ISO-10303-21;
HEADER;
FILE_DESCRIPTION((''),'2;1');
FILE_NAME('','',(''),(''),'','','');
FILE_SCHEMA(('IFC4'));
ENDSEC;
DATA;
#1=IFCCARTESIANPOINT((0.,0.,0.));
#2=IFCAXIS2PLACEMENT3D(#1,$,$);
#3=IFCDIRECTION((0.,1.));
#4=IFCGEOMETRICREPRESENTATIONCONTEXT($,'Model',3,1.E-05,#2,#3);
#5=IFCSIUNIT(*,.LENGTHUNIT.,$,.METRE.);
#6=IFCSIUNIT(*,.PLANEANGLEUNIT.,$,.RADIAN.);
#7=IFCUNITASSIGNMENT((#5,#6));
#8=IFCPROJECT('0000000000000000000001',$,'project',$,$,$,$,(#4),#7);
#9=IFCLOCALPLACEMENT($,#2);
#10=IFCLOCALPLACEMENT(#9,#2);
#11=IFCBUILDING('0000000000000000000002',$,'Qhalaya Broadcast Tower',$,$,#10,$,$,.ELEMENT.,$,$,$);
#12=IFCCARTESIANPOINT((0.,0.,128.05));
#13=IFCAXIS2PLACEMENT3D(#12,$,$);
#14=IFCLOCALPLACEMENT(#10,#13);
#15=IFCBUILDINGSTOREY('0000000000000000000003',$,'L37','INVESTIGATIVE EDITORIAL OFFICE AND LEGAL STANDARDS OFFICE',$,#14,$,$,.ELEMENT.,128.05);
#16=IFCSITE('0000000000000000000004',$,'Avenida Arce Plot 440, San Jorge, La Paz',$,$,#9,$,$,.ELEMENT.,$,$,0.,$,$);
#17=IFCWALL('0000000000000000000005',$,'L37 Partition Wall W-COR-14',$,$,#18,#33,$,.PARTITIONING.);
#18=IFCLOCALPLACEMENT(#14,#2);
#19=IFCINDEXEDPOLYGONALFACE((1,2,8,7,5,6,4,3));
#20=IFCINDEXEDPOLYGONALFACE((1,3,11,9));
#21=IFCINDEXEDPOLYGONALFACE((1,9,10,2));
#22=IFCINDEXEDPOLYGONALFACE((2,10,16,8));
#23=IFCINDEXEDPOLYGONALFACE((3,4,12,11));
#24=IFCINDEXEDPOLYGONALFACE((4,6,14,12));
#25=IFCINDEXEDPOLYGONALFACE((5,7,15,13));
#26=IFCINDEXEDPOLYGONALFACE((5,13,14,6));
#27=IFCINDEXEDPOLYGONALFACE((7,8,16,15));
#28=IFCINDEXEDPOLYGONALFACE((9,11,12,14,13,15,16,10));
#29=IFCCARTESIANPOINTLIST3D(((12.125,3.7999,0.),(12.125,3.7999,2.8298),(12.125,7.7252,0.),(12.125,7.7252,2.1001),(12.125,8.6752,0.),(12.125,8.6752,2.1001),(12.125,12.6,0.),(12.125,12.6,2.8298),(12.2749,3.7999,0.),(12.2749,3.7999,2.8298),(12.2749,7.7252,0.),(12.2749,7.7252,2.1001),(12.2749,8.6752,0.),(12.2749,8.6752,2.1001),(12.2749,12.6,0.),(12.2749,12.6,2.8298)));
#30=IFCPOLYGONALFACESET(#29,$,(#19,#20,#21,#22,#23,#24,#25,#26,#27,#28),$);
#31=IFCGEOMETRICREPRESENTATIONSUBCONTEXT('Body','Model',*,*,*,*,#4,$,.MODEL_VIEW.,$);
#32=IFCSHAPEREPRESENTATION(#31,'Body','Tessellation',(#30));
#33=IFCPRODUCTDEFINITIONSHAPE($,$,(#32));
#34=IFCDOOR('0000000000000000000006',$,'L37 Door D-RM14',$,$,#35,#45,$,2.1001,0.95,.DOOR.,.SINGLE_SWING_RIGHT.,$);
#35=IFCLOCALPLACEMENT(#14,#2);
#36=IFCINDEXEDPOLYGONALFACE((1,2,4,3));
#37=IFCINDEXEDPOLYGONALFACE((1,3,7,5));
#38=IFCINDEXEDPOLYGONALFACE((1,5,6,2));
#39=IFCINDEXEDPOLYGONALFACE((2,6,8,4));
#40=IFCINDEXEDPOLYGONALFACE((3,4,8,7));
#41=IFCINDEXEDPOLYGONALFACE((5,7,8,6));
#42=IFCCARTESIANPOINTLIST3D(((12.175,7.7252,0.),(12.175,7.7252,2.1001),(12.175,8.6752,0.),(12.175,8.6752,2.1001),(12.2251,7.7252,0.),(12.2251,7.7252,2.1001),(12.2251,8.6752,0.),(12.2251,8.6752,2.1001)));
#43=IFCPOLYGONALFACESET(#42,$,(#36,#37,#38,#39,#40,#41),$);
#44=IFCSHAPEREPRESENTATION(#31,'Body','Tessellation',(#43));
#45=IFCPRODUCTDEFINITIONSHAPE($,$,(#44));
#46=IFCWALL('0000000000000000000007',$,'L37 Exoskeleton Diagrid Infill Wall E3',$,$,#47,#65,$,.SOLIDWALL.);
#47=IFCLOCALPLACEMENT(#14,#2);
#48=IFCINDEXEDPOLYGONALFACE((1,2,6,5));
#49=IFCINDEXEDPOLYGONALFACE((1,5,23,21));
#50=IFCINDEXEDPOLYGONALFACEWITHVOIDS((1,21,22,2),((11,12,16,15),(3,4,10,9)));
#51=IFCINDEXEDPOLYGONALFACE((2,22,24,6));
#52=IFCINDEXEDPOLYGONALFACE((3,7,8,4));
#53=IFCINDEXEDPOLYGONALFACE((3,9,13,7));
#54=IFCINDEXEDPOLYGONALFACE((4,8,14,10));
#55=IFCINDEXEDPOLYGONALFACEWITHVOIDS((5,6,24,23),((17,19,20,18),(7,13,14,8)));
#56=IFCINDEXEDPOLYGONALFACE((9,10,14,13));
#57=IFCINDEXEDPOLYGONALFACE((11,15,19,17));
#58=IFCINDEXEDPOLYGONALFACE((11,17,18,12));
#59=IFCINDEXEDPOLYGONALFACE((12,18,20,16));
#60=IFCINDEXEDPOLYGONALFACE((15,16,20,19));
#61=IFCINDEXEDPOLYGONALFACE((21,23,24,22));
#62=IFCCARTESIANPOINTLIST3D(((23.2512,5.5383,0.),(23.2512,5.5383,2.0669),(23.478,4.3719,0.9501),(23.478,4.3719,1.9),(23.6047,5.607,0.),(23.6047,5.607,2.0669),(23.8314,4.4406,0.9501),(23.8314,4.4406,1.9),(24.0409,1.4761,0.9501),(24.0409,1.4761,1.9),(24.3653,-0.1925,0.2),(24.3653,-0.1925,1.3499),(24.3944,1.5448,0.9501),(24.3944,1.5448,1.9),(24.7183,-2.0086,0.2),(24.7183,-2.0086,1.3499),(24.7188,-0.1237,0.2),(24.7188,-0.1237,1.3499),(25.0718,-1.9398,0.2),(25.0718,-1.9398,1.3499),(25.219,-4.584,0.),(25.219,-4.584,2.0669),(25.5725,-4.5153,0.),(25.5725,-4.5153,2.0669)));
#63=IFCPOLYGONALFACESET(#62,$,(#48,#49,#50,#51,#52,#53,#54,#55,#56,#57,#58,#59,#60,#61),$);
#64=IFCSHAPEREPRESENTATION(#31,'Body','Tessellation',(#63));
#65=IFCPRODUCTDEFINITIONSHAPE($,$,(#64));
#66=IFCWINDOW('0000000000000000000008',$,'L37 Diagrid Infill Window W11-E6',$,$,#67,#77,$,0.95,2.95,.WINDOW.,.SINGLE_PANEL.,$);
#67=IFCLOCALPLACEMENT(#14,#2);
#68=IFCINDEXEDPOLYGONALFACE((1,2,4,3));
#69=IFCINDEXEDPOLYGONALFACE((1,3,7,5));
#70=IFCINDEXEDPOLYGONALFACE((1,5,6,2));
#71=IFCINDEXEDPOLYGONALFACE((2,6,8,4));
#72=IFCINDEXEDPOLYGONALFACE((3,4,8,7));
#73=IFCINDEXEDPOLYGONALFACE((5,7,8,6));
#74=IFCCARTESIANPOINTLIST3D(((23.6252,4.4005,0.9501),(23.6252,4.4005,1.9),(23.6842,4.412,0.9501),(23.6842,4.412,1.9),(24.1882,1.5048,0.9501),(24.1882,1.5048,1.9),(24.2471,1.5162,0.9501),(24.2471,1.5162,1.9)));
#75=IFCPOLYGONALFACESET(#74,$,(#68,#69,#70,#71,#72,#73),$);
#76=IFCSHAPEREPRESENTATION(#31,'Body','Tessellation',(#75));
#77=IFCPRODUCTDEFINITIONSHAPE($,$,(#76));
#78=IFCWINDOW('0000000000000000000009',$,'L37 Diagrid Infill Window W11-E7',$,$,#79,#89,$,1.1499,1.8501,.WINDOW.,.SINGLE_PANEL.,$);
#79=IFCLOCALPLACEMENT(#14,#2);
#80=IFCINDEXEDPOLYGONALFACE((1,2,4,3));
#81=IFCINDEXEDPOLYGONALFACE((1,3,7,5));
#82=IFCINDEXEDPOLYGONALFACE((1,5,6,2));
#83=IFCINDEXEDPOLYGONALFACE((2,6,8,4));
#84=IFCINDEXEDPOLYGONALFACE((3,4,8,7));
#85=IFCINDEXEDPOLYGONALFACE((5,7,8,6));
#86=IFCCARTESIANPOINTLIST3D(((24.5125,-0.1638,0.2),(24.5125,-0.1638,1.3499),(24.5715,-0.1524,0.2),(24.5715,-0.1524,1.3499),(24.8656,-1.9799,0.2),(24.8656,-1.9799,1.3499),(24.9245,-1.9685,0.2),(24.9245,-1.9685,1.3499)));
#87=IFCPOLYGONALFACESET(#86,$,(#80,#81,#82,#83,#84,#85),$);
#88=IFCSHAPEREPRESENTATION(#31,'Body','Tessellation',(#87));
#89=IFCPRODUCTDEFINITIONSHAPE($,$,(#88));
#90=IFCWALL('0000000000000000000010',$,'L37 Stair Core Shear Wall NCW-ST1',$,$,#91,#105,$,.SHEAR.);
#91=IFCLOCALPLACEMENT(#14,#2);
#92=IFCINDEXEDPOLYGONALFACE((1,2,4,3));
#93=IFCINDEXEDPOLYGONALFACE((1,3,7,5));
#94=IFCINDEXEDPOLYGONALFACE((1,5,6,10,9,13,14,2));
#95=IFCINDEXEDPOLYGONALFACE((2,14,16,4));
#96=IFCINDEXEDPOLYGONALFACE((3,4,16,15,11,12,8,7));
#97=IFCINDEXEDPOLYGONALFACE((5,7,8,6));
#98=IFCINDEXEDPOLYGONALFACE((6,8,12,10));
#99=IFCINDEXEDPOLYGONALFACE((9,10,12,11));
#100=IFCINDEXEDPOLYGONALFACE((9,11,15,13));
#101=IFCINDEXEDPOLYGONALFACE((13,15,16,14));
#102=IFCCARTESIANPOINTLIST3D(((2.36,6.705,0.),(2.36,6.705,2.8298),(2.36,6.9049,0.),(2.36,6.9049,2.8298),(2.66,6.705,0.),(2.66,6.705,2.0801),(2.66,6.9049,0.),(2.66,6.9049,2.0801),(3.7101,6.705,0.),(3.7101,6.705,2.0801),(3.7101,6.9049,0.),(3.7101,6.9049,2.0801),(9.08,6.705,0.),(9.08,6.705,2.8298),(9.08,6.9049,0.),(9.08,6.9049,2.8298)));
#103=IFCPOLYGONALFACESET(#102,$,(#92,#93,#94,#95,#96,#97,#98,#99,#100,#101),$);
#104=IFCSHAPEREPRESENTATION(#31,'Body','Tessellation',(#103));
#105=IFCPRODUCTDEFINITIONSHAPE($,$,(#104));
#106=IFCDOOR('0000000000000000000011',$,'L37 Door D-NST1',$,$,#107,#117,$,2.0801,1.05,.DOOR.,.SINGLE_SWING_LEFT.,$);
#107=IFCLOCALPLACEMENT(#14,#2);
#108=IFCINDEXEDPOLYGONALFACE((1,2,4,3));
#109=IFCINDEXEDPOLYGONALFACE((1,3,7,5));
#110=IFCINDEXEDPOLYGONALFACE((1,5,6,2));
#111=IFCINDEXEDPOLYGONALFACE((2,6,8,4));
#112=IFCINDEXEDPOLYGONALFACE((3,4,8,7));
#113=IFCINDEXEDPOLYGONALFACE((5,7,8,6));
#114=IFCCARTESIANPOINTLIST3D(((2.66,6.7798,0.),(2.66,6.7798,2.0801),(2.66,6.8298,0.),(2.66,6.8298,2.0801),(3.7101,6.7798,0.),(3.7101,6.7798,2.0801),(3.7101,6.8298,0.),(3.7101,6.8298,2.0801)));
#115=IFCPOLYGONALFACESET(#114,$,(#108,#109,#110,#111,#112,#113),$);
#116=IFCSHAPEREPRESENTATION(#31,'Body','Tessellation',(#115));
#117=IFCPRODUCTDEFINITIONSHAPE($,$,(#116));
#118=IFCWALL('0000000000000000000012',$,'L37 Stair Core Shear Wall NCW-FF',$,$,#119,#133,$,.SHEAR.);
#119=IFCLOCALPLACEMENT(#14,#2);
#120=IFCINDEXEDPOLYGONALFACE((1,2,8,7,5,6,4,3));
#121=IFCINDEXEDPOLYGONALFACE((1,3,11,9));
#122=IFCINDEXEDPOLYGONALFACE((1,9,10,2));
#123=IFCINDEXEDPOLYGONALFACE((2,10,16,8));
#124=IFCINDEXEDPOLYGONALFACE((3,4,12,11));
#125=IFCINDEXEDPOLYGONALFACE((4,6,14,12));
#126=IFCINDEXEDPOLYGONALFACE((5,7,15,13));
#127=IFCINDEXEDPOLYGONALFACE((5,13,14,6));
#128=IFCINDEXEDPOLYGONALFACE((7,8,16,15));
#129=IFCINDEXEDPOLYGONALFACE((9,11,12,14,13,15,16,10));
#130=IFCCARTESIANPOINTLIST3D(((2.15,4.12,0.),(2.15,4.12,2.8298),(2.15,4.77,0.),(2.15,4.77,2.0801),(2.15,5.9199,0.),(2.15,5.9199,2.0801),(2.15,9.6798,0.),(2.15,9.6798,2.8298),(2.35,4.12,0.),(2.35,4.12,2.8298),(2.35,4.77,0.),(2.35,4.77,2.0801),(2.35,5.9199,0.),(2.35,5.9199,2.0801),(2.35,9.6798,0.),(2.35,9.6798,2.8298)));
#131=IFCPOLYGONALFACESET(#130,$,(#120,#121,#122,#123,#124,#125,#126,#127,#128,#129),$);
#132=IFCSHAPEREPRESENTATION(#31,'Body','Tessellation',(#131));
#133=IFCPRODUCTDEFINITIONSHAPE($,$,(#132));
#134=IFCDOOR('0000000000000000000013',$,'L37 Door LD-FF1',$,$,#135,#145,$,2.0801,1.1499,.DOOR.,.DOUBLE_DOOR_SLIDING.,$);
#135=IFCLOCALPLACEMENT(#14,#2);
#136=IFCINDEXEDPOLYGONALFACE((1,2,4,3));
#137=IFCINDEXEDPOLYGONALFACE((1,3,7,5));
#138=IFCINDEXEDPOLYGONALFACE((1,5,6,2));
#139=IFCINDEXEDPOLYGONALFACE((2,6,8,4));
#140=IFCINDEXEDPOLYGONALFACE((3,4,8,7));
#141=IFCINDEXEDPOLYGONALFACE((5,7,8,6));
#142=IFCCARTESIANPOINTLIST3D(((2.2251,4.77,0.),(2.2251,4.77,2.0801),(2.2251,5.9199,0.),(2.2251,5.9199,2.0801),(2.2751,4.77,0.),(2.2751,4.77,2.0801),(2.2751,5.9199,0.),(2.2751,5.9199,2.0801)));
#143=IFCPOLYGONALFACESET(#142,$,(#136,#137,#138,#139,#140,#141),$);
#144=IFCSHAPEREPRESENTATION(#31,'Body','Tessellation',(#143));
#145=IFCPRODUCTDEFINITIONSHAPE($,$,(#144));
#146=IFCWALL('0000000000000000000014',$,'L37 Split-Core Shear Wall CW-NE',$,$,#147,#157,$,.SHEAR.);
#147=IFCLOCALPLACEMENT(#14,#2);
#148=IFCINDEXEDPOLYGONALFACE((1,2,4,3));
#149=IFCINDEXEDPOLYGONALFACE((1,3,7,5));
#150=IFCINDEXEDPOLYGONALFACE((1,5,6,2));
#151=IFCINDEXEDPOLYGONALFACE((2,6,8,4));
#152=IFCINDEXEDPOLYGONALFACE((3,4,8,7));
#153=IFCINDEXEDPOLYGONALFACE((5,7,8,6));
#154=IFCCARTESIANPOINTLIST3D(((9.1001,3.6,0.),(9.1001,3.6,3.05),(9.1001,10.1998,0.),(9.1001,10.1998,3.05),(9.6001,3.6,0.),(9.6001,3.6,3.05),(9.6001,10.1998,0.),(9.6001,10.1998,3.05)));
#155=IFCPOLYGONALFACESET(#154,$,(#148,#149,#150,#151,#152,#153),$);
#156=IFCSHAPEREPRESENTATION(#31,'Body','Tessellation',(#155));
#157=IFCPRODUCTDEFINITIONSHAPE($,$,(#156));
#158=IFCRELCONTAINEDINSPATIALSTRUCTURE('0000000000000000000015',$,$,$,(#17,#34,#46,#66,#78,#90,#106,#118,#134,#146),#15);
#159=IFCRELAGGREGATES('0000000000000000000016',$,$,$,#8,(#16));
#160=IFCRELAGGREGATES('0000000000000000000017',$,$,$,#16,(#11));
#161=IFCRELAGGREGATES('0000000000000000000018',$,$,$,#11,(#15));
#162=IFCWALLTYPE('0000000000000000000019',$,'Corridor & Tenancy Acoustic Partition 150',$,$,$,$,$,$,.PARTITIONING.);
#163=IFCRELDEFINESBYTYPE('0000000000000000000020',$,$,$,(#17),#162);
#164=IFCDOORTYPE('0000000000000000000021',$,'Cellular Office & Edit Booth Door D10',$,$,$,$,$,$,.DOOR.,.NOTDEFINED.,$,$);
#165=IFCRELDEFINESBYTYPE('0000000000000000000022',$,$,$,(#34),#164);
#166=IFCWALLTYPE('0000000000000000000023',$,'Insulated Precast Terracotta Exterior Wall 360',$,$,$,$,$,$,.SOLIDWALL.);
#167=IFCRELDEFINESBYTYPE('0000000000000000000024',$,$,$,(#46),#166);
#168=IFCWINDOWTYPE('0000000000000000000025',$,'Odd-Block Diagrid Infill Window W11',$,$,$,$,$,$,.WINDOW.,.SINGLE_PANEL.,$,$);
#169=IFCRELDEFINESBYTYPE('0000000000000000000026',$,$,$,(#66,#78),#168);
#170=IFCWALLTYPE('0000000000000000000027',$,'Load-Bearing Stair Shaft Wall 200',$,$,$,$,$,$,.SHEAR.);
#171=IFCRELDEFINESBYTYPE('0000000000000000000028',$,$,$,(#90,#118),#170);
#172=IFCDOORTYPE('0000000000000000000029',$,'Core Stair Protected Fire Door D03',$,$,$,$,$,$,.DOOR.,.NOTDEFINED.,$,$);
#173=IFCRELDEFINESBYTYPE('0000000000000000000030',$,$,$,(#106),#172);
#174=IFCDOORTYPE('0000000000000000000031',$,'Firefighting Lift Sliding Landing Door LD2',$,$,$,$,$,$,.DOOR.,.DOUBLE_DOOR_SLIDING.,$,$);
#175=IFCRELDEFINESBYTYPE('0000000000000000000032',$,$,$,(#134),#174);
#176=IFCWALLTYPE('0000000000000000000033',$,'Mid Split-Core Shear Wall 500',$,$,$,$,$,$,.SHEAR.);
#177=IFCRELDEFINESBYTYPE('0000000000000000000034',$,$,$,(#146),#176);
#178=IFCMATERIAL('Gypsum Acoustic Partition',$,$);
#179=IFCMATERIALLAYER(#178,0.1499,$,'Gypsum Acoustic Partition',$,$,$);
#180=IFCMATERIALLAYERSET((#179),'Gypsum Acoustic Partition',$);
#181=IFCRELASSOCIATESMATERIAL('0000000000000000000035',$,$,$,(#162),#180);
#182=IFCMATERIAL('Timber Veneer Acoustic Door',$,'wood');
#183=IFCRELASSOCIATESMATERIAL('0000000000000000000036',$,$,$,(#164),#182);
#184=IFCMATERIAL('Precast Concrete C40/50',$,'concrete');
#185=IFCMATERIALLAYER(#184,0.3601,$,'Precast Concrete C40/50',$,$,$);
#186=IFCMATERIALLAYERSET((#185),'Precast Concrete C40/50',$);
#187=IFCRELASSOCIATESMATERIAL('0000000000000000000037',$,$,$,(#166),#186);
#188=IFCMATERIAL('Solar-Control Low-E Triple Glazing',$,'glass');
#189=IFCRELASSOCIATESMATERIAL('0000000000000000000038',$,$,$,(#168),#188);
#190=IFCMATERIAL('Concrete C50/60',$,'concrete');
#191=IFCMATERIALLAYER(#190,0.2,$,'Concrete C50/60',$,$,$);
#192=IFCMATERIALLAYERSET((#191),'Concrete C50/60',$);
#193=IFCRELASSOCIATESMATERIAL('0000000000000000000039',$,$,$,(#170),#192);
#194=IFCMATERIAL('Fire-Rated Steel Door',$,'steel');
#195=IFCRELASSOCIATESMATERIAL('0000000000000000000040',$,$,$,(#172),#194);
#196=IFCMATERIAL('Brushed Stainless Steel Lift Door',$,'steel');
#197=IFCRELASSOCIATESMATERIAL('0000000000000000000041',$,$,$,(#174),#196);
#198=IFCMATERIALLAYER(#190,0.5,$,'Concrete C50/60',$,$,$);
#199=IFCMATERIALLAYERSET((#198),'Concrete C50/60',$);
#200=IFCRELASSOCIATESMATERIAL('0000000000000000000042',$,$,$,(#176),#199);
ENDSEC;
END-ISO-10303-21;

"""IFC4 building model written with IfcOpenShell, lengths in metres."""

from ifc_helpers import new_model, si_unit, direction, frame, frame_2d, origin, place, context, subcontext, project, spatial, rectangle, extrude, material, layer, layer_set, type_object, element, fill, save


model = new_model("IFC4")

# Units and contexts
model_context = context("Model", 3, precision=1e-05, world=origin(), true_north=direction((0.0, 1.0)))
body_context = subcontext(model_context, "Body", "Model", "MODEL_VIEW")
ifc_project = project(units=[si_unit("LENGTHUNIT", "METRE"), si_unit("PLANEANGLEUNIT", "RADIAN")], contexts=[model_context])

# Site, building, storey
site_placement = place(None, origin())
site = spatial("IfcSite", under=ifc_project, at=site_placement, Name="Avenida Arce Plot 440, San Jorge, La Paz", CompositionType="ELEMENT", RefElevation=0.0)
building_placement = place(site_placement, origin())
building = spatial("IfcBuilding", under=site, at=building_placement, Name="Qhalaya Broadcast Tower", CompositionType="ELEMENT")
storey_placement = place(building_placement, frame((0.0, 0.0, 128.05)))
storey = spatial("IfcBuildingStorey", under=building, at=storey_placement, Name="L37", Description="INVESTIGATIVE EDITORIAL OFFICE AND LEGAL STANDARDS OFFICE", CompositionType="ELEMENT", Elevation=128.05)

# Shared definitions
ifc_material_1 = material(Name="Concrete C50/60", Category="concrete")

# Wall, opening, door
ifc_material_2 = material(Name="Gypsum Acoustic Partition")
ifc_layer_1 = layer(ifc_material_2, 0.1499, Name="Gypsum Acoustic Partition")
ifc_layer_set_1 = layer_set([ifc_layer_1], Name="Gypsum Acoustic Partition")
wall_type_1 = type_object("IfcWallType", Name="Corridor & Tenancy Acoustic Partition 150", PredefinedType="PARTITIONING", material=ifc_layer_set_1)
wall_1_placement = place(storey_placement, frame((12.2, 3.8, 0.0), z_axis=(0.0, 0.0, 1.0), x_axis=(0.0, 1.0, 0.0)))
wall_1 = element("IfcWall", 1, at=wall_1_placement, inside=storey, type_object=wall_type_1, Name="L37 Partition Wall W-COR-14", PredefinedType="PARTITIONING", context=body_context, shape_type="SweptSolid", body=[
    extrude(rectangle(XDim=8.8, YDim=0.1499, at=frame_2d((4.3999, 0.0))), origin(), (0.0, 0.0, 1.0), 2.8298),
])
opening_1_placement = place(wall_1_placement, frame((3.925, 0.0, 0.0)))
opening_1 = element("IfcOpeningElement", 2, at=opening_1_placement, cuts=wall_1, PredefinedType="OPENING", context=body_context, shape_type="SweptSolid", body=[
    extrude(rectangle(XDim=0.95, YDim=2.1001, at=frame_2d((0.4751, 1.05))), frame((0.0, 0.0869, 0.0), z_axis=(0.0, -1.0, 0.0), x_axis=(1.0, 0.0, 0.0)), (0.0, 0.0, 1.0), 0.1738),
])
ifc_material_3 = material(Name="Timber Veneer Acoustic Door", Category="wood")
door_type_1 = type_object("IfcDoorType", Name="Cellular Office & Edit Booth Door D10", OperationType="NOTDEFINED", PredefinedType="DOOR", material=ifc_material_3)
door_1_placement = place(opening_1_placement, origin())
door_1 = element("IfcDoor", 3, at=door_1_placement, inside=storey, type_object=door_type_1, Name="L37 Door D-RM14", OperationType="SINGLE_SWING_RIGHT", OverallHeight=2.1001, OverallWidth=0.95, PredefinedType="DOOR", context=body_context, shape_type="SweptSolid", body=[
    extrude(rectangle(XDim=0.95, YDim=2.1001, at=frame_2d((0.4751, 1.05))), frame((0.0, 0.0249, 0.0), z_axis=(0.0, -1.0, 0.0), x_axis=(1.0, 0.0, 0.0)), (0.0, 0.0, 1.0), 0.05),
])
fill(opening_1, door_1)

# Wall, openings, windows
ifc_material_4 = material(Name="Precast Concrete C40/50", Category="concrete")
ifc_layer_2 = layer(ifc_material_4, 0.3601, Name="Precast Concrete C40/50")
ifc_layer_set_2 = layer_set([ifc_layer_2], Name="Precast Concrete C40/50")
wall_type_2 = type_object("IfcWallType", Name="Insulated Precast Terracotta Exterior Wall 360", PredefinedType="SOLIDWALL", material=ifc_layer_set_2)
wall_2_placement = place(storey_placement, frame((23.428, 5.5725, 0.0), z_axis=(0.0, 0.0, 1.0), x_axis=(0.190827, -0.981624, 0.0)))
wall_2 = element("IfcWall", 4, at=wall_2_placement, inside=storey, type_object=wall_type_2, Name="L37 Exoskeleton Diagrid Infill Wall E3", PredefinedType="SOLIDWALL", context=body_context, shape_type="SweptSolid", body=[
    extrude(rectangle(XDim=10.3118, YDim=0.3601, at=frame_2d((5.1558, 0.0))), origin(), (0.0, 0.0, 1.0), 2.0669),
])
opening_2_placement = place(wall_2_placement, frame((1.188, 0.0, 0.95)))
opening_2 = element("IfcOpeningElement", 5, at=opening_2_placement, cuts=wall_2, PredefinedType="OPENING", context=body_context, shape_type="SweptSolid", body=[
    extrude(rectangle(XDim=2.95, YDim=0.95, at=frame_2d((1.4751, 0.4751))), frame((0.0, 0.1921, 0.0), z_axis=(0.0, -1.0, 0.0), x_axis=(1.0, 0.0, 0.0)), (0.0, 0.0, 1.0), 0.384),
])
opening_3_placement = place(wall_2_placement, frame((5.8379, 0.0, 0.2)))
opening_3 = element("IfcOpeningElement", 6, at=opening_3_placement, cuts=wall_2, PredefinedType="OPENING", context=body_context, shape_type="SweptSolid", body=[
    extrude(rectangle(XDim=1.8501, YDim=1.1499, at=frame_2d((0.925, 0.575))), frame((0.0, 0.1921, 0.0), z_axis=(0.0, -1.0, 0.0), x_axis=(1.0, 0.0, 0.0)), (0.0, 0.0, 1.0), 0.384),
])
ifc_material_5 = material(Name="Solar-Control Low-E Triple Glazing", Category="glass")
window_type = type_object("IfcWindowType", Name="Odd-Block Diagrid Infill Window W11", PartitioningType="SINGLE_PANEL", PredefinedType="WINDOW", material=ifc_material_5)
window_1_placement = place(opening_2_placement, origin())
window_1 = element("IfcWindow", 7, at=window_1_placement, inside=storey, type_object=window_type, Name="L37 Diagrid Infill Window W11-E6", OverallHeight=0.95, OverallWidth=2.95, PartitioningType="SINGLE_PANEL", PredefinedType="WINDOW", context=body_context, shape_type="SweptSolid", body=[
    extrude(rectangle(XDim=2.95, YDim=0.95, at=frame_2d((1.4751, 0.4751))), frame((0.0, 0.03, 0.0), z_axis=(0.0, -1.0, 0.0), x_axis=(1.0, 0.0, 0.0)), (0.0, 0.0, 1.0), 0.0601),
])
fill(opening_2, window_1)
window_2_placement = place(opening_3_placement, origin())
window_2 = element("IfcWindow", 8, at=window_2_placement, inside=storey, type_object=window_type, Name="L37 Diagrid Infill Window W11-E7", OverallHeight=1.1499, OverallWidth=1.8501, PartitioningType="SINGLE_PANEL", PredefinedType="WINDOW", context=body_context, shape_type="SweptSolid", body=[
    extrude(rectangle(XDim=1.8501, YDim=1.1499, at=frame_2d((0.925, 0.575))), frame((0.0, 0.03, 0.0), z_axis=(0.0, -1.0, 0.0), x_axis=(1.0, 0.0, 0.0)), (0.0, 0.0, 1.0), 0.0601),
])
fill(opening_3, window_2)

# Walls, openings, doors
ifc_layer_3 = layer(ifc_material_1, 0.2, Name="Concrete C50/60")
ifc_layer_set_3 = layer_set([ifc_layer_3], Name="Concrete C50/60")
wall_type_3 = type_object("IfcWallType", Name="Load-Bearing Stair Shaft Wall 200", PredefinedType="SHEAR", material=ifc_layer_set_3)
wall_3_placement = place(storey_placement, frame((2.3601, 6.8049, 0.0), z_axis=(0.0, 0.0, 1.0), x_axis=(1.0, 0.0, 0.0)))
wall_3 = element("IfcWall", 9, at=wall_3_placement, inside=storey, type_object=wall_type_3, Name="L37 Stair Core Shear Wall NCW-ST1", PredefinedType="SHEAR", context=body_context, shape_type="SweptSolid", body=[
    extrude(rectangle(XDim=6.72, YDim=0.2, at=frame_2d((3.3599, 0.0))), origin(), (0.0, 0.0, 1.0), 2.8298),
])
opening_4_placement = place(wall_3_placement, frame((0.3, 0.0, 0.0)))
opening_4 = element("IfcOpeningElement", 10, at=opening_4_placement, cuts=wall_3, PredefinedType="OPENING", context=body_context, shape_type="SweptSolid", body=[
    extrude(rectangle(XDim=1.05, YDim=2.0801, at=frame_2d((0.5249, 1.04))), frame((0.0, 0.1121, 0.0), z_axis=(0.0, -1.0, 0.0), x_axis=(1.0, 0.0, 0.0)), (0.0, 0.0, 1.0), 0.2239),
])
ifc_material_6 = material(Name="Fire-Rated Steel Door", Category="steel")
door_type_2 = type_object("IfcDoorType", Name="Core Stair Protected Fire Door D03", OperationType="NOTDEFINED", PredefinedType="DOOR", material=ifc_material_6)
door_2_placement = place(opening_4_placement, origin())
door_2 = element("IfcDoor", 11, at=door_2_placement, inside=storey, type_object=door_type_2, Name="L37 Door D-NST1", OperationType="SINGLE_SWING_LEFT", OverallHeight=2.0801, OverallWidth=1.05, PredefinedType="DOOR", context=body_context, shape_type="SweptSolid", body=[
    extrude(rectangle(XDim=1.05, YDim=2.0801, at=frame_2d((0.5249, 1.04))), frame((0.0, 0.0249, 0.0), z_axis=(0.0, -1.0, 0.0), x_axis=(1.0, 0.0, 0.0)), (0.0, 0.0, 1.0), 0.05),
])
fill(opening_4, door_2)
wall_4_placement = place(storey_placement, frame((2.25, 4.1201, 0.0), z_axis=(0.0, 0.0, 1.0), x_axis=(0.0, 1.0, 0.0)))
wall_4 = element("IfcWall", 12, at=wall_4_placement, inside=storey, type_object=wall_type_3, Name="L37 Stair Core Shear Wall NCW-FF", PredefinedType="SHEAR", context=body_context, shape_type="SweptSolid", body=[
    extrude(rectangle(XDim=5.5598, YDim=0.2, at=frame_2d((2.7798, 0.0))), origin(), (0.0, 0.0, 1.0), 2.8298),
])
opening_5_placement = place(wall_4_placement, frame((0.6499, 0.0, 0.0)))
opening_5 = element("IfcOpeningElement", 13, at=opening_5_placement, cuts=wall_4, PredefinedType="OPENING", context=body_context, shape_type="SweptSolid", body=[
    extrude(rectangle(XDim=1.1499, YDim=2.0801, at=frame_2d((0.575, 1.04))), frame((0.0, 0.1121, 0.0), z_axis=(0.0, -1.0, 0.0), x_axis=(1.0, 0.0, 0.0)), (0.0, 0.0, 1.0), 0.2239),
])
ifc_material_7 = material(Name="Brushed Stainless Steel Lift Door", Category="steel")
door_type_3 = type_object("IfcDoorType", Name="Firefighting Lift Sliding Landing Door LD2", OperationType="DOUBLE_DOOR_SLIDING", PredefinedType="DOOR", material=ifc_material_7)
door_3_placement = place(opening_5_placement, origin())
door_3 = element("IfcDoor", 14, at=door_3_placement, inside=storey, type_object=door_type_3, Name="L37 Door LD-FF1", OperationType="DOUBLE_DOOR_SLIDING", OverallHeight=2.0801, OverallWidth=1.1499, PredefinedType="DOOR", context=body_context, shape_type="SweptSolid", body=[
    extrude(rectangle(XDim=1.1499, YDim=2.0801, at=frame_2d((0.575, 1.04))), frame((0.0, 0.0249, 0.0), z_axis=(0.0, -1.0, 0.0), x_axis=(1.0, 0.0, 0.0)), (0.0, 0.0, 1.0), 0.05),
])
fill(opening_5, door_3)

# Wall
ifc_layer_4 = layer(ifc_material_1, 0.5, Name="Concrete C50/60")
ifc_layer_set_4 = layer_set([ifc_layer_4], Name="Concrete C50/60")
wall_type_4 = type_object("IfcWallType", Name="Mid Split-Core Shear Wall 500", PredefinedType="SHEAR", material=ifc_layer_set_4)
wall_5_placement = place(storey_placement, frame((9.3501, 3.6001, 0.0), z_axis=(0.0, 0.0, 1.0), x_axis=(0.0, 1.0, 0.0)))
element("IfcWall", 15, at=wall_5_placement, inside=storey, type_object=wall_type_4, Name="L37 Split-Core Shear Wall CW-NE", PredefinedType="SHEAR", context=body_context, shape_type="SweptSolid", body=[
    extrude(rectangle(XDim=6.5999, YDim=0.5, at=frame_2d((3.2998, 0.0))), origin(), (0.0, 0.0, 1.0), 3.05),
])

save(model, "model.ifc")
